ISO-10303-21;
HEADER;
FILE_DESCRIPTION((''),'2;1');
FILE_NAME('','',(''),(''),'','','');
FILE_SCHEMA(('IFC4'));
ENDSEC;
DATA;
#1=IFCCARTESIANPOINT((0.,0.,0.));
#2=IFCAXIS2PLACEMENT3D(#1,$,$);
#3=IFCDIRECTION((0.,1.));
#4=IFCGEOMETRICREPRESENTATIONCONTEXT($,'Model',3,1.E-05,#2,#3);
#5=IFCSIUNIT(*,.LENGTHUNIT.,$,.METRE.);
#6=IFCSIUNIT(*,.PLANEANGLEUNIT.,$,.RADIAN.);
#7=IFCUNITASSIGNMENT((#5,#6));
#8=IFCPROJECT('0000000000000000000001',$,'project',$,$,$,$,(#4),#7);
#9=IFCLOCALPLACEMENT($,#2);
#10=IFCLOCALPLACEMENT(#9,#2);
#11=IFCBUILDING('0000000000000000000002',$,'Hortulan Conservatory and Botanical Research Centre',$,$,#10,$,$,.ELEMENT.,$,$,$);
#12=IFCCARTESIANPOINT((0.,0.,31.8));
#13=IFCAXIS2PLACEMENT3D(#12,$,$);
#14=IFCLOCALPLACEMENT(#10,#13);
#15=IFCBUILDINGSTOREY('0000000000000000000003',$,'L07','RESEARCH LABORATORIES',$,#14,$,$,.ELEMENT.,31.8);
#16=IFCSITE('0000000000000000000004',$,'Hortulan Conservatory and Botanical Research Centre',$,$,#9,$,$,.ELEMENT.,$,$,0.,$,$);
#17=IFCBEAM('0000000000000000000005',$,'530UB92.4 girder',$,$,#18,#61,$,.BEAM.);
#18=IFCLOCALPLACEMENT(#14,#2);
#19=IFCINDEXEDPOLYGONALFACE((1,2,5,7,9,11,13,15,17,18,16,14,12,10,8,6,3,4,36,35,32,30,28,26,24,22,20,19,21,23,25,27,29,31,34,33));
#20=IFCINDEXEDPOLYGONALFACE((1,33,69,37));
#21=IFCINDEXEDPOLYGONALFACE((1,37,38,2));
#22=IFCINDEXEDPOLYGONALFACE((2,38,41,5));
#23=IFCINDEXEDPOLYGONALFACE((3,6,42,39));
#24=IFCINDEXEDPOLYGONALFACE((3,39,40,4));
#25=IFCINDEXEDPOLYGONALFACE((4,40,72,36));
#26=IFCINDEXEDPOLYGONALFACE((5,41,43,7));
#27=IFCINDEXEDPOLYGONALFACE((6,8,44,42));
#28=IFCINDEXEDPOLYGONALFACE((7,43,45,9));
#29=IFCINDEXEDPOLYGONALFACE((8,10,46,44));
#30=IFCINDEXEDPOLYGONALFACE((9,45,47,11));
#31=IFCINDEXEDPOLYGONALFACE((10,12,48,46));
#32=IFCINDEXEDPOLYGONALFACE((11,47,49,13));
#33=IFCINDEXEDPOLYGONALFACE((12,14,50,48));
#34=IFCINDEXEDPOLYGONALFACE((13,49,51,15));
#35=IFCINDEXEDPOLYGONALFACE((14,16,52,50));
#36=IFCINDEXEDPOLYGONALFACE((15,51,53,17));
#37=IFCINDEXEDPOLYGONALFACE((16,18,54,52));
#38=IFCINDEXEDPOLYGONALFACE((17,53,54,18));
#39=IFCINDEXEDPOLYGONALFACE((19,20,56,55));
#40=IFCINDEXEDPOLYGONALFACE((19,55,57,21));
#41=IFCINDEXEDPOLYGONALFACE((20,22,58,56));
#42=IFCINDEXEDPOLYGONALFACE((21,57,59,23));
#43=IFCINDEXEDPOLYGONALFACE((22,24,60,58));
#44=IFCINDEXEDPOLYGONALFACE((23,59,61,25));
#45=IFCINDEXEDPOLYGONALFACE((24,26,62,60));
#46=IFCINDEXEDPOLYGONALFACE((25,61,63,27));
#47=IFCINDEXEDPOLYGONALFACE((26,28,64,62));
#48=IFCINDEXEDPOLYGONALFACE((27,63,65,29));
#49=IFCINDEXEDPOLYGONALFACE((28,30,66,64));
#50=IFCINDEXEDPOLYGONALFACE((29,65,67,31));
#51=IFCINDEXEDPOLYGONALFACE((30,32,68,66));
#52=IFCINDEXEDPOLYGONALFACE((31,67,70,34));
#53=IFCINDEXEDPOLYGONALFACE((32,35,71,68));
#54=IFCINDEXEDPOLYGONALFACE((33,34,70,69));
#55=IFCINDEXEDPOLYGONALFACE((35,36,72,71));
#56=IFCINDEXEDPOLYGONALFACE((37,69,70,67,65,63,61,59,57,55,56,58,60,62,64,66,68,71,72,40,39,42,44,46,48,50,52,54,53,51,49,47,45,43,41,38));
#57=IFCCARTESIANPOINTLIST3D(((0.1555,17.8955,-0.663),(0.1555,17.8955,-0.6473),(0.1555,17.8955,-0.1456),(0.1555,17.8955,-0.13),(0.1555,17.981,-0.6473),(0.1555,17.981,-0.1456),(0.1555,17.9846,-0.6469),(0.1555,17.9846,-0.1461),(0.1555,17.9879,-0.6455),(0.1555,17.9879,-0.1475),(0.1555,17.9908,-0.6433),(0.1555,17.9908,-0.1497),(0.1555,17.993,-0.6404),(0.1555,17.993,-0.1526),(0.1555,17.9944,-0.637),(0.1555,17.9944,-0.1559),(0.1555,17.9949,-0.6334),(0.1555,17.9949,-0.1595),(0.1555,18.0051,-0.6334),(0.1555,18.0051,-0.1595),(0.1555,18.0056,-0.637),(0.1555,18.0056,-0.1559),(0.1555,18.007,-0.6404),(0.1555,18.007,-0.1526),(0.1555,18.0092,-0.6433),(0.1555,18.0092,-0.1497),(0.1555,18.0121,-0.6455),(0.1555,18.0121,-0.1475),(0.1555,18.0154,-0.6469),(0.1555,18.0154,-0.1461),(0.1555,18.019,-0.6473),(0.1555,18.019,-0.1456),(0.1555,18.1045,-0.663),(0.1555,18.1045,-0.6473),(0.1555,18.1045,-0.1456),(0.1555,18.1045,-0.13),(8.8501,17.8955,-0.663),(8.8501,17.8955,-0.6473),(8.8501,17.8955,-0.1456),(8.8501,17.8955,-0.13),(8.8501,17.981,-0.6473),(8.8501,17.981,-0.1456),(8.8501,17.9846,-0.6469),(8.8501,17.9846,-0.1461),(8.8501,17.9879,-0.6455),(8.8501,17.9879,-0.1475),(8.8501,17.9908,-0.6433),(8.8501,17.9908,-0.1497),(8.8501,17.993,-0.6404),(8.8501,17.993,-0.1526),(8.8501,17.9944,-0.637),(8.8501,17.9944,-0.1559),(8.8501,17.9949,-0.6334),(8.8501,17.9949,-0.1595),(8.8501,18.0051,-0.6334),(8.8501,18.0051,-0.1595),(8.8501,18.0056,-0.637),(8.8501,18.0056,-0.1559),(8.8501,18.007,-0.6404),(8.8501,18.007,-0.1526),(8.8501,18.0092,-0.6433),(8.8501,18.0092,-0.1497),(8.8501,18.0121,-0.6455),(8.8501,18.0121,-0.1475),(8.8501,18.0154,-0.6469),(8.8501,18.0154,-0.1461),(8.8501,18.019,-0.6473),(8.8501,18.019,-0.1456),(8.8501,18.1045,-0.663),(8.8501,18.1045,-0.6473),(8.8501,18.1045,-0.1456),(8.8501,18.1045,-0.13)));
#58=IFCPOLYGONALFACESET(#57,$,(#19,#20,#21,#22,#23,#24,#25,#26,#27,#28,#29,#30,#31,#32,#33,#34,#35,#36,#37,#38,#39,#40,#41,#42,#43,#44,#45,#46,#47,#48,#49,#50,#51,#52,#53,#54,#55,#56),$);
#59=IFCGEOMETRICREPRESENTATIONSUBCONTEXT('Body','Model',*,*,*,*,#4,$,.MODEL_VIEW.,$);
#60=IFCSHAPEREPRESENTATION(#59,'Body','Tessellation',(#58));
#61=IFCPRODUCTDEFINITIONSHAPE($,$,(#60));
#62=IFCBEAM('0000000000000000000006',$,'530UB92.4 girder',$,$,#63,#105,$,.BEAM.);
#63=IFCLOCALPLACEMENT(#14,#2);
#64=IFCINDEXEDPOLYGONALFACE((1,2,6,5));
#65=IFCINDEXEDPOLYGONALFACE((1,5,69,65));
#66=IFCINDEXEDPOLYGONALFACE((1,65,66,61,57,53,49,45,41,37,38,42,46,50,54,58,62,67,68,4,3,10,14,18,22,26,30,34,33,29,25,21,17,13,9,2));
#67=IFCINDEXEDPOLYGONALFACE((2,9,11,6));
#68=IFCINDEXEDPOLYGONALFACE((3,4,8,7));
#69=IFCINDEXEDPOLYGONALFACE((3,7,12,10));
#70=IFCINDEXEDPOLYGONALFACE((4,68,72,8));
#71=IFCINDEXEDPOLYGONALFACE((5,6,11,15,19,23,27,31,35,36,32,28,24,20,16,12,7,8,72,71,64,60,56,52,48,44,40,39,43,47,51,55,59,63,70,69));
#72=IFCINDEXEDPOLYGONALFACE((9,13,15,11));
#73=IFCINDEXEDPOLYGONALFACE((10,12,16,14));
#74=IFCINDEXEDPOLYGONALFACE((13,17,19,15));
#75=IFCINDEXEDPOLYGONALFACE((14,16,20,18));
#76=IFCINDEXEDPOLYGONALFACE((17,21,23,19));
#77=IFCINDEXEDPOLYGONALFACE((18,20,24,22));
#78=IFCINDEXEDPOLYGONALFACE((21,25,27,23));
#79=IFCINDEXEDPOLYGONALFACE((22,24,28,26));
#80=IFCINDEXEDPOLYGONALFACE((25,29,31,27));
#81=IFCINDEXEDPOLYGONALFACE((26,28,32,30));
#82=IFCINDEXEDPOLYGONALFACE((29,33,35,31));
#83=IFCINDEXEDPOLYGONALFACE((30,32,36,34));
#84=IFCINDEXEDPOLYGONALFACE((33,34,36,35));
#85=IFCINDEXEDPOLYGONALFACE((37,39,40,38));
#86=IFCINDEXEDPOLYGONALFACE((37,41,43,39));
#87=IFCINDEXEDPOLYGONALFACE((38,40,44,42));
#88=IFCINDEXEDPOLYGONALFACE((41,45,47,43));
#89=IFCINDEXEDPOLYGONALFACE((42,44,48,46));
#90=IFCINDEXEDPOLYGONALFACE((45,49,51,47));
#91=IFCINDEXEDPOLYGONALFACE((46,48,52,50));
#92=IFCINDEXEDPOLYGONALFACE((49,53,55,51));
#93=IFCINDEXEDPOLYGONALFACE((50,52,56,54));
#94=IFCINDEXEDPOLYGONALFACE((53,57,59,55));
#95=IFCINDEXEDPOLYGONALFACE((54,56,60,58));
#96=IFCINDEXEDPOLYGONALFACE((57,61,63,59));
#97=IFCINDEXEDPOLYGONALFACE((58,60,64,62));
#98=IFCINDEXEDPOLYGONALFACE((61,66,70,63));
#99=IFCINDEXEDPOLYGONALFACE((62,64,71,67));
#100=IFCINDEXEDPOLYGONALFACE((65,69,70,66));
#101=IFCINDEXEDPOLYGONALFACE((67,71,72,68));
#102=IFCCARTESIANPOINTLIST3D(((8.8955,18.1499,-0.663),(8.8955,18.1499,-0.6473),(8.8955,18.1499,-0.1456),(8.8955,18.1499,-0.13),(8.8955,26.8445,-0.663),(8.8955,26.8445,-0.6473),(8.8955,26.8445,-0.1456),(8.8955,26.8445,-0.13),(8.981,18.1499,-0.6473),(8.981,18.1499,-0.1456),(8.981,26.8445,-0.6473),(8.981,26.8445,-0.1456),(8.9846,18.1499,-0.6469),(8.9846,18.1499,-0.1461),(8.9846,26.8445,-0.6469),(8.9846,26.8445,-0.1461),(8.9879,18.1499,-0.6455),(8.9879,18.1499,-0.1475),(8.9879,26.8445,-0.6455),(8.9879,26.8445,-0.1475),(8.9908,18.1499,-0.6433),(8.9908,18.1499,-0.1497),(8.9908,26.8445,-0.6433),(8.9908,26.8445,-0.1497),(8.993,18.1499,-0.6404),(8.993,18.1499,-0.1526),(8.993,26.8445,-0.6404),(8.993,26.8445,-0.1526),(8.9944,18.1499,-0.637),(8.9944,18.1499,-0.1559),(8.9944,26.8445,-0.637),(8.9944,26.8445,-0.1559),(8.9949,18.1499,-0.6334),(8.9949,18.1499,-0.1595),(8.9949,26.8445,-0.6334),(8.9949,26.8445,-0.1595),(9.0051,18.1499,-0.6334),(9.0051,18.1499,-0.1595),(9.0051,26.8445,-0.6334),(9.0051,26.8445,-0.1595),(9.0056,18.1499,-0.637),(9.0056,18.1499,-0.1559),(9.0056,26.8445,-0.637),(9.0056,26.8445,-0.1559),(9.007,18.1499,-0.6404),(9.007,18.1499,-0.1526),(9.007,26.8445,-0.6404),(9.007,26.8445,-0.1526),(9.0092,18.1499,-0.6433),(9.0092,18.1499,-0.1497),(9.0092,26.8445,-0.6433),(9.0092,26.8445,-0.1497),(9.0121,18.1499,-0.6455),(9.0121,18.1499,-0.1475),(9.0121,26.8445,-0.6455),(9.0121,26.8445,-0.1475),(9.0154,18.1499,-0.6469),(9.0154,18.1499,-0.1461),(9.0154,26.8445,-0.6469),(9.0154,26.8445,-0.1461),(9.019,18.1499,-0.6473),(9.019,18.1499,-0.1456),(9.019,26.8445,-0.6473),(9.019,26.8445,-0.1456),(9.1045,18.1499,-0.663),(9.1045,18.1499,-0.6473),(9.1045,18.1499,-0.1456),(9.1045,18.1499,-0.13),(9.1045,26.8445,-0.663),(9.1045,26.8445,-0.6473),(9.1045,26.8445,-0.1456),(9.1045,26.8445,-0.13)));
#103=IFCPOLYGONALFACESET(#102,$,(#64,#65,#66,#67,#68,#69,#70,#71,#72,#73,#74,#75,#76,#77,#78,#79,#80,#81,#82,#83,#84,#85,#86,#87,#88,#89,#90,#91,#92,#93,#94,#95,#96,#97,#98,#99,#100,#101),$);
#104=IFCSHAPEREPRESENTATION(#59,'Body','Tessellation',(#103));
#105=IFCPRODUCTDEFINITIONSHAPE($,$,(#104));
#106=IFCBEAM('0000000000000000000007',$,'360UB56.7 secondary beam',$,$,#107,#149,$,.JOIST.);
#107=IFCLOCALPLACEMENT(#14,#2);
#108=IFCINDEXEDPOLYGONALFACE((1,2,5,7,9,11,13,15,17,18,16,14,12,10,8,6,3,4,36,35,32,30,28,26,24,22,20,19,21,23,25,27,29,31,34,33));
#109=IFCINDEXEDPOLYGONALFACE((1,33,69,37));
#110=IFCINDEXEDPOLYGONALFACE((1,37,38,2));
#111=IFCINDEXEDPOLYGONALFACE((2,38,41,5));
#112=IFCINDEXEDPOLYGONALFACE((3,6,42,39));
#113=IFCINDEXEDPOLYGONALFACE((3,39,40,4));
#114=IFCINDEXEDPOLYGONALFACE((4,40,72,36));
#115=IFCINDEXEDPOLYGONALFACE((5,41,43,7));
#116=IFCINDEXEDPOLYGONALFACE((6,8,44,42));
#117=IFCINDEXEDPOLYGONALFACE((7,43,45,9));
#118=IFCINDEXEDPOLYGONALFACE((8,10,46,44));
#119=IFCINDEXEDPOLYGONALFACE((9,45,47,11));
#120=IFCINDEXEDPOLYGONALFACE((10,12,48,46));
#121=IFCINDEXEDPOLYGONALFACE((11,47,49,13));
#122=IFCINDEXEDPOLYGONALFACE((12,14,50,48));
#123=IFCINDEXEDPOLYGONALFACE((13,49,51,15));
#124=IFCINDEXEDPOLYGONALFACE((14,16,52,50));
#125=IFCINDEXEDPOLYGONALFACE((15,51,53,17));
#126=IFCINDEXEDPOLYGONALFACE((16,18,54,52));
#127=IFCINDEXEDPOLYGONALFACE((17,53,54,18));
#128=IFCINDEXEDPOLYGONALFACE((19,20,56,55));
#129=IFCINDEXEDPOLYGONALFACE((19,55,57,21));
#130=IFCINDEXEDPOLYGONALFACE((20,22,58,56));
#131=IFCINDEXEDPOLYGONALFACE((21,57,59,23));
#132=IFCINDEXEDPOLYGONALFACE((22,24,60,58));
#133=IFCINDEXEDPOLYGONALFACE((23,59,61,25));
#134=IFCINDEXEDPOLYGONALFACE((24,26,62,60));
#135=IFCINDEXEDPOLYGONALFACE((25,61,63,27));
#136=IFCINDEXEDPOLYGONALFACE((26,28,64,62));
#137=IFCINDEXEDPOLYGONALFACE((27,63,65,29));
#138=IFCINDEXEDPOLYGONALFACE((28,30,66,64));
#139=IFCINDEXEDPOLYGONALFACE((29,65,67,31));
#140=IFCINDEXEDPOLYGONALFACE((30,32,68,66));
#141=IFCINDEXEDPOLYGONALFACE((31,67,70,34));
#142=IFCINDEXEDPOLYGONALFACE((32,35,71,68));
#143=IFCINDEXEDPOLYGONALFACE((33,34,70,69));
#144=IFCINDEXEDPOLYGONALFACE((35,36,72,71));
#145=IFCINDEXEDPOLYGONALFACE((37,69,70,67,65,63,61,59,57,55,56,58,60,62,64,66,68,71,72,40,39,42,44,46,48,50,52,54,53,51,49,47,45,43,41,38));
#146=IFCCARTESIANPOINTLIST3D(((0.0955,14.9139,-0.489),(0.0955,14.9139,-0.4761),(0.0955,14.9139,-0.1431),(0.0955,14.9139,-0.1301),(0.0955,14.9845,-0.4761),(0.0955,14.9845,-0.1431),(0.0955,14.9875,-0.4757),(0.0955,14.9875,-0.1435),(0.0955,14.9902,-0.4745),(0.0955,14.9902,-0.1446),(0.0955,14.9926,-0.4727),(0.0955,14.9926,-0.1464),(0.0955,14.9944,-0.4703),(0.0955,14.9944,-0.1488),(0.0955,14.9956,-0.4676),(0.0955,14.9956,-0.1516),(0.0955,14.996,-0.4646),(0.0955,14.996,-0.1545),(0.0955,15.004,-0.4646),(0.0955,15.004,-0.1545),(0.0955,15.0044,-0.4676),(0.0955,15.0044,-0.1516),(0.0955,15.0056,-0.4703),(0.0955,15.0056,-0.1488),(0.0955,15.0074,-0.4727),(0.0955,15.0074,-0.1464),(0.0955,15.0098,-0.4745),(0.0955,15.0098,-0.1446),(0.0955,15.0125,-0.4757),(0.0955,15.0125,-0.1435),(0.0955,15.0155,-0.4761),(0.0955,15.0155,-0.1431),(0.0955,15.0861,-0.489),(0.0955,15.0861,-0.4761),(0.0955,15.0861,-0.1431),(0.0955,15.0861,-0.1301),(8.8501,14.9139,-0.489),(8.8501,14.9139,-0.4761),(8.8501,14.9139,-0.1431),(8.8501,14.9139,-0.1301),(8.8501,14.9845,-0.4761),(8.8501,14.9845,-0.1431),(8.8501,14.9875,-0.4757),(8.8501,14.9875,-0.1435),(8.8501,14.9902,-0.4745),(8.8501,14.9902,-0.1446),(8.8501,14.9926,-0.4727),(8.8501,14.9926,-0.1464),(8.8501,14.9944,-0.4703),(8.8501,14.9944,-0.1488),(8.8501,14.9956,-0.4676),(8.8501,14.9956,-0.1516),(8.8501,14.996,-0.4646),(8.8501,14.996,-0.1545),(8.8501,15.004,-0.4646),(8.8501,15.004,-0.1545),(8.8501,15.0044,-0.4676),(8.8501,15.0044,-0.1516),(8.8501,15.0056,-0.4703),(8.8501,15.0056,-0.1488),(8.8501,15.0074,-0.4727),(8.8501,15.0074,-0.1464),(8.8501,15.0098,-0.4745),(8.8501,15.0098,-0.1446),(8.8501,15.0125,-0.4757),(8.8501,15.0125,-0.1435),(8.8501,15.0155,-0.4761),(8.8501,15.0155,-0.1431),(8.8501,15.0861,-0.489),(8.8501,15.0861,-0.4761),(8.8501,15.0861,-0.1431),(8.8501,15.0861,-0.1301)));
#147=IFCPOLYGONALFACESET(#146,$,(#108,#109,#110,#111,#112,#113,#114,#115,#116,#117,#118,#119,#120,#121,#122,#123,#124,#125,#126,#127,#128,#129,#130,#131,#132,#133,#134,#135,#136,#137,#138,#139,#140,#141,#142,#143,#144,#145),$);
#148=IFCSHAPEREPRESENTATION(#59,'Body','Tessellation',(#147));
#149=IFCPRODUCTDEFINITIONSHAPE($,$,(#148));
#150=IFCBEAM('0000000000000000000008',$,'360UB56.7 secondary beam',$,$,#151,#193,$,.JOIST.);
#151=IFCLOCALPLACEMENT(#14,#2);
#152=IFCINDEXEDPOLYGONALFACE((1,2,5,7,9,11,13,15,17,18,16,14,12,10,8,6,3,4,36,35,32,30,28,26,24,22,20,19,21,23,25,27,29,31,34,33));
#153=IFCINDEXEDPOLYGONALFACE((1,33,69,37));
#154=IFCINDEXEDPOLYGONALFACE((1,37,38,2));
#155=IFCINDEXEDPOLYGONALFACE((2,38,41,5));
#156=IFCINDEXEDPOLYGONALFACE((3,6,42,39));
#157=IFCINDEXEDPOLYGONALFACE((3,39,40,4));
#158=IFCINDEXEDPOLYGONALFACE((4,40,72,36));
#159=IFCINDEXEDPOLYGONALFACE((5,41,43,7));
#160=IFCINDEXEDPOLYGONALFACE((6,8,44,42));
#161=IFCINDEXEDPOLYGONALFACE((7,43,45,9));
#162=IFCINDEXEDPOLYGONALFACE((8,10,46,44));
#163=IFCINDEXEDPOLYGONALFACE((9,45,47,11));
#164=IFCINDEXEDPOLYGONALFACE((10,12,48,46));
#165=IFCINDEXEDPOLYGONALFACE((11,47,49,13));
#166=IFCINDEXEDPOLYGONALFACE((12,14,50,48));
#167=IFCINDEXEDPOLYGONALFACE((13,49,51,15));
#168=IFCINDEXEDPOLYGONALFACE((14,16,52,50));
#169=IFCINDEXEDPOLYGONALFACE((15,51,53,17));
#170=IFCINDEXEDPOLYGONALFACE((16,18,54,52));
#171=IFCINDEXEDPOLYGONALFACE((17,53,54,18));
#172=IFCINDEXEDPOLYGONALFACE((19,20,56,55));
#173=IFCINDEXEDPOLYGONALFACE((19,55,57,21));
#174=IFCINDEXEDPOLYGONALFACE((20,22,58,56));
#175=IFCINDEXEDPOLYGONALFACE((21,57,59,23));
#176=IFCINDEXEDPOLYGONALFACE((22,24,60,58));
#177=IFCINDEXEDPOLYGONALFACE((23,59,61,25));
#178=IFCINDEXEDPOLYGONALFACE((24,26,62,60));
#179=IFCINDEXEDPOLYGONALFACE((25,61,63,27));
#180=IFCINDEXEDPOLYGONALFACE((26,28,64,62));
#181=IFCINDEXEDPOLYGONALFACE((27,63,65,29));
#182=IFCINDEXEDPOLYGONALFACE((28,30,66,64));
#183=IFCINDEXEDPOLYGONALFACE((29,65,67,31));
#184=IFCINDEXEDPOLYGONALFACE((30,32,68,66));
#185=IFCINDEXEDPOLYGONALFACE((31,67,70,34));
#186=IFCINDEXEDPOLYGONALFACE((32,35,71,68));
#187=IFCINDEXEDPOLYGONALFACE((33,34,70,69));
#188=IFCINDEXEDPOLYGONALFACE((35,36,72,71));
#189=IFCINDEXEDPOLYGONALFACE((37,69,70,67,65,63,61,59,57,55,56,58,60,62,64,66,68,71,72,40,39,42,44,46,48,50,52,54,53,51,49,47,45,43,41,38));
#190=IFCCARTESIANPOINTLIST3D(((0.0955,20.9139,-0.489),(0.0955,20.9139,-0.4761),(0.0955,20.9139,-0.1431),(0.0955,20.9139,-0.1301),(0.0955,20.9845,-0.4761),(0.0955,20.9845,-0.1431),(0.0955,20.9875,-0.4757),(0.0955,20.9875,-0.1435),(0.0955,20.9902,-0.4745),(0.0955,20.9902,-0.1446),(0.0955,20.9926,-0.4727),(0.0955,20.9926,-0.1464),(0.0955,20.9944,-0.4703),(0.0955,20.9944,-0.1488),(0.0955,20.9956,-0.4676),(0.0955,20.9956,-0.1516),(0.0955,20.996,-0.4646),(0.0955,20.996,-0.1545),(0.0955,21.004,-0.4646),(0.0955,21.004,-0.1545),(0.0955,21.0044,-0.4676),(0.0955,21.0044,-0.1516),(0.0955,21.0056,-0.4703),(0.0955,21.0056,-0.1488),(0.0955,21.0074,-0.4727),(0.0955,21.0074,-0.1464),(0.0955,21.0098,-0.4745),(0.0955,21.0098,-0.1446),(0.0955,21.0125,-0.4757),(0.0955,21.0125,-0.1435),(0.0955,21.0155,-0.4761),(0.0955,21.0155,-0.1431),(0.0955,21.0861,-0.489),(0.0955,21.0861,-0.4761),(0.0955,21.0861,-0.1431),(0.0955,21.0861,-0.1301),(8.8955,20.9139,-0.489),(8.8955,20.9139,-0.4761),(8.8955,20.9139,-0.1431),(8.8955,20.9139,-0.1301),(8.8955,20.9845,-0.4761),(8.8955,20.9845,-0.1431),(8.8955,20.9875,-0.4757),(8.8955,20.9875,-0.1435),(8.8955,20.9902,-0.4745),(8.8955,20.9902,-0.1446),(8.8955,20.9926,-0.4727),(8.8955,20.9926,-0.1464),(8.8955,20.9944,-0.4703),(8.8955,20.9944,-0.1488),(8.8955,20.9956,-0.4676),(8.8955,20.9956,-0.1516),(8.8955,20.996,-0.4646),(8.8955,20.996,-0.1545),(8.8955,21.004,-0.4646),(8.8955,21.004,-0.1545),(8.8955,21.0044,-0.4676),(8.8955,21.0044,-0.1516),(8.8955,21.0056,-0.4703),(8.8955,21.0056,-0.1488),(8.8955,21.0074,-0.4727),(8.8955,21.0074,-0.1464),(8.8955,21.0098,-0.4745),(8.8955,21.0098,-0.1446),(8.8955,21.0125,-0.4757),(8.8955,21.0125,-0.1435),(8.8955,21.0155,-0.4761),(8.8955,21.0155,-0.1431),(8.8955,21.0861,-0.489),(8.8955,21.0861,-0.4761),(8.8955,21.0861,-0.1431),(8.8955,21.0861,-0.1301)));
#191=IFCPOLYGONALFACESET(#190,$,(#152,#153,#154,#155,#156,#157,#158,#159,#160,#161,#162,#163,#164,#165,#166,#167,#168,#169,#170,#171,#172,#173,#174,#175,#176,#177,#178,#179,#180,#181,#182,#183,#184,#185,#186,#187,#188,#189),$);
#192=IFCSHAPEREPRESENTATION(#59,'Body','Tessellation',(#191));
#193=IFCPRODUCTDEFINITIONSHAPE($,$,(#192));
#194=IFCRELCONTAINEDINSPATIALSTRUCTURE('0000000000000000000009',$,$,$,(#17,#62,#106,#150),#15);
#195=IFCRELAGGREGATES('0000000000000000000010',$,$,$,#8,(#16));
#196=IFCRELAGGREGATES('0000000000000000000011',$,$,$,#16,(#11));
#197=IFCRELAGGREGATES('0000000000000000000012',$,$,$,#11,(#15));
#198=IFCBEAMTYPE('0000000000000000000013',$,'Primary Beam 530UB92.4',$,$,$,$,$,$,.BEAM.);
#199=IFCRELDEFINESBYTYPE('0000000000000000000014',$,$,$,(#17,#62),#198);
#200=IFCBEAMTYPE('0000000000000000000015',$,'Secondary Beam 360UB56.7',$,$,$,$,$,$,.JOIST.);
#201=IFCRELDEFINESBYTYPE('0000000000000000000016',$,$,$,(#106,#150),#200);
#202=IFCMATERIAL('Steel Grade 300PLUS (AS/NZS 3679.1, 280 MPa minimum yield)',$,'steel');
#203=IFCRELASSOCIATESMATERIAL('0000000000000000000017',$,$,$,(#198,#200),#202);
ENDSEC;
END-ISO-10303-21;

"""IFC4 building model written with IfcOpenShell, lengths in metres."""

from ifc_helpers import new_model, si_unit, direction, frame, origin, origin_2d, place, context, subcontext, project, spatial, i_section, extrude, material, material_profile, profile_set, type_object, element, save


model = new_model("IFC4")

# Units and contexts
model_context = context("Model", 3, precision=1e-05, world=origin(), true_north=direction((0.0, 1.0)))
body_context = subcontext(model_context, "Body", "Model", "MODEL_VIEW")
ifc_project = project(units=[si_unit("LENGTHUNIT", "METRE"), si_unit("PLANEANGLEUNIT", "RADIAN")], contexts=[model_context])

# Site, building, storey
site_placement = place(None, origin())
site = spatial("IfcSite", under=ifc_project, at=site_placement, Name="Hortulan Conservatory and Botanical Research Centre", CompositionType="ELEMENT", RefElevation=0.0)
building_placement = place(site_placement, origin())
building = spatial("IfcBuilding", under=site, at=building_placement, Name="Hortulan Conservatory and Botanical Research Centre", CompositionType="ELEMENT")
storey_placement = place(building_placement, frame((0.0, 0.0, 31.8)))
storey = spatial("IfcBuildingStorey", under=building, at=storey_placement, Name="L07", Description="RESEARCH LABORATORIES", CompositionType="ELEMENT", Elevation=31.8)

# Shared definitions
ifc_material_1 = material(Name="Steel Grade 300PLUS (AS/NZS 3679.1, 280 MPa minimum yield)", Category="steel")

# Beams
ifc_material_profile_1 = material_profile(ifc_material_1, i_section(OverallWidth=0.209, OverallDepth=0.533, WebThickness=0.0103, FlangeThickness=0.0156, FilletRadius=0.0139, at=origin_2d()), Name="530UB92.4")
ifc_profile_set_1 = profile_set([ifc_material_profile_1], Name="Steel Grade 300PLUS (AS/NZS 3679.1, 280 MPa minimum yield)")
beam_type_1 = type_object("IfcBeamType", Name="Primary Beam 530UB92.4", PredefinedType="BEAM", material=ifc_profile_set_1)
for number, where, z_axis, x_axis, name in (
    (1, (0.1555, 18.0, -0.3965), (1.0, 0.0, 0.0), (0.0, 1.0, 0.0), "530UB92.4 girder"),
    (2, (9.0, 18.1499, -0.3965), (0.0, 1.0, 0.0), (-1.0, 0.0, 0.0), "530UB92.4 girder"),
):
    element("IfcBeam", number, at=place(storey_placement, frame(where, z_axis=z_axis, x_axis=x_axis)), inside=storey, type_object=beam_type_1, Name=name, PredefinedType="BEAM", context=body_context, shape_type="SweptSolid", body=[
        extrude(i_section(OverallWidth=0.209, OverallDepth=0.533, WebThickness=0.0103, FlangeThickness=0.0156, FilletRadius=0.0139, at=origin_2d()), origin(), (0.0, 0.0, 1.0), 8.6946),
    ])
ifc_material_profile_2 = material_profile(ifc_material_1, i_section(OverallWidth=0.1721, OverallDepth=0.3589, WebThickness=0.0081, FlangeThickness=0.0129, FilletRadius=0.0115, at=origin_2d()), Name="360UB56.7")
ifc_profile_set_2 = profile_set([ifc_material_profile_2], Name="Steel Grade 300PLUS (AS/NZS 3679.1, 280 MPa minimum yield)")
beam_type_2 = type_object("IfcBeamType", Name="Secondary Beam 360UB56.7", PredefinedType="JOIST", material=ifc_profile_set_2)
beam_1_placement = place(storey_placement, frame((0.0955, 15.0, -0.3096), z_axis=(1.0, 0.0, 0.0), x_axis=(0.0, 1.0, 0.0)))
element("IfcBeam", 3, at=beam_1_placement, inside=storey, type_object=beam_type_2, Name="360UB56.7 secondary beam", PredefinedType="JOIST", context=body_context, shape_type="SweptSolid", body=[
    extrude(i_section(OverallWidth=0.1721, OverallDepth=0.3589, WebThickness=0.0081, FlangeThickness=0.0129, FilletRadius=0.0115, at=origin_2d()), origin(), (0.0, 0.0, 1.0), 8.7546),
])
for number, where, z_axis, x_axis, name in (
    (4, (0.0955, 21.0, -0.3096), (1.0, 0.0, 0.0), (0.0, 1.0, 0.0), "360UB56.7 secondary beam"),
):
    element("IfcBeam", number, at=place(storey_placement, frame(where, z_axis=z_axis, x_axis=x_axis)), inside=storey, type_object=beam_type_2, Name=name, PredefinedType="JOIST", context=body_context, shape_type="SweptSolid", body=[
        extrude(i_section(OverallWidth=0.1721, OverallDepth=0.3589, WebThickness=0.0081, FlangeThickness=0.0129, FilletRadius=0.0115, at=origin_2d()), origin(), (0.0, 0.0, 1.0), 8.8),
    ])

save(model, "model.ifc")
